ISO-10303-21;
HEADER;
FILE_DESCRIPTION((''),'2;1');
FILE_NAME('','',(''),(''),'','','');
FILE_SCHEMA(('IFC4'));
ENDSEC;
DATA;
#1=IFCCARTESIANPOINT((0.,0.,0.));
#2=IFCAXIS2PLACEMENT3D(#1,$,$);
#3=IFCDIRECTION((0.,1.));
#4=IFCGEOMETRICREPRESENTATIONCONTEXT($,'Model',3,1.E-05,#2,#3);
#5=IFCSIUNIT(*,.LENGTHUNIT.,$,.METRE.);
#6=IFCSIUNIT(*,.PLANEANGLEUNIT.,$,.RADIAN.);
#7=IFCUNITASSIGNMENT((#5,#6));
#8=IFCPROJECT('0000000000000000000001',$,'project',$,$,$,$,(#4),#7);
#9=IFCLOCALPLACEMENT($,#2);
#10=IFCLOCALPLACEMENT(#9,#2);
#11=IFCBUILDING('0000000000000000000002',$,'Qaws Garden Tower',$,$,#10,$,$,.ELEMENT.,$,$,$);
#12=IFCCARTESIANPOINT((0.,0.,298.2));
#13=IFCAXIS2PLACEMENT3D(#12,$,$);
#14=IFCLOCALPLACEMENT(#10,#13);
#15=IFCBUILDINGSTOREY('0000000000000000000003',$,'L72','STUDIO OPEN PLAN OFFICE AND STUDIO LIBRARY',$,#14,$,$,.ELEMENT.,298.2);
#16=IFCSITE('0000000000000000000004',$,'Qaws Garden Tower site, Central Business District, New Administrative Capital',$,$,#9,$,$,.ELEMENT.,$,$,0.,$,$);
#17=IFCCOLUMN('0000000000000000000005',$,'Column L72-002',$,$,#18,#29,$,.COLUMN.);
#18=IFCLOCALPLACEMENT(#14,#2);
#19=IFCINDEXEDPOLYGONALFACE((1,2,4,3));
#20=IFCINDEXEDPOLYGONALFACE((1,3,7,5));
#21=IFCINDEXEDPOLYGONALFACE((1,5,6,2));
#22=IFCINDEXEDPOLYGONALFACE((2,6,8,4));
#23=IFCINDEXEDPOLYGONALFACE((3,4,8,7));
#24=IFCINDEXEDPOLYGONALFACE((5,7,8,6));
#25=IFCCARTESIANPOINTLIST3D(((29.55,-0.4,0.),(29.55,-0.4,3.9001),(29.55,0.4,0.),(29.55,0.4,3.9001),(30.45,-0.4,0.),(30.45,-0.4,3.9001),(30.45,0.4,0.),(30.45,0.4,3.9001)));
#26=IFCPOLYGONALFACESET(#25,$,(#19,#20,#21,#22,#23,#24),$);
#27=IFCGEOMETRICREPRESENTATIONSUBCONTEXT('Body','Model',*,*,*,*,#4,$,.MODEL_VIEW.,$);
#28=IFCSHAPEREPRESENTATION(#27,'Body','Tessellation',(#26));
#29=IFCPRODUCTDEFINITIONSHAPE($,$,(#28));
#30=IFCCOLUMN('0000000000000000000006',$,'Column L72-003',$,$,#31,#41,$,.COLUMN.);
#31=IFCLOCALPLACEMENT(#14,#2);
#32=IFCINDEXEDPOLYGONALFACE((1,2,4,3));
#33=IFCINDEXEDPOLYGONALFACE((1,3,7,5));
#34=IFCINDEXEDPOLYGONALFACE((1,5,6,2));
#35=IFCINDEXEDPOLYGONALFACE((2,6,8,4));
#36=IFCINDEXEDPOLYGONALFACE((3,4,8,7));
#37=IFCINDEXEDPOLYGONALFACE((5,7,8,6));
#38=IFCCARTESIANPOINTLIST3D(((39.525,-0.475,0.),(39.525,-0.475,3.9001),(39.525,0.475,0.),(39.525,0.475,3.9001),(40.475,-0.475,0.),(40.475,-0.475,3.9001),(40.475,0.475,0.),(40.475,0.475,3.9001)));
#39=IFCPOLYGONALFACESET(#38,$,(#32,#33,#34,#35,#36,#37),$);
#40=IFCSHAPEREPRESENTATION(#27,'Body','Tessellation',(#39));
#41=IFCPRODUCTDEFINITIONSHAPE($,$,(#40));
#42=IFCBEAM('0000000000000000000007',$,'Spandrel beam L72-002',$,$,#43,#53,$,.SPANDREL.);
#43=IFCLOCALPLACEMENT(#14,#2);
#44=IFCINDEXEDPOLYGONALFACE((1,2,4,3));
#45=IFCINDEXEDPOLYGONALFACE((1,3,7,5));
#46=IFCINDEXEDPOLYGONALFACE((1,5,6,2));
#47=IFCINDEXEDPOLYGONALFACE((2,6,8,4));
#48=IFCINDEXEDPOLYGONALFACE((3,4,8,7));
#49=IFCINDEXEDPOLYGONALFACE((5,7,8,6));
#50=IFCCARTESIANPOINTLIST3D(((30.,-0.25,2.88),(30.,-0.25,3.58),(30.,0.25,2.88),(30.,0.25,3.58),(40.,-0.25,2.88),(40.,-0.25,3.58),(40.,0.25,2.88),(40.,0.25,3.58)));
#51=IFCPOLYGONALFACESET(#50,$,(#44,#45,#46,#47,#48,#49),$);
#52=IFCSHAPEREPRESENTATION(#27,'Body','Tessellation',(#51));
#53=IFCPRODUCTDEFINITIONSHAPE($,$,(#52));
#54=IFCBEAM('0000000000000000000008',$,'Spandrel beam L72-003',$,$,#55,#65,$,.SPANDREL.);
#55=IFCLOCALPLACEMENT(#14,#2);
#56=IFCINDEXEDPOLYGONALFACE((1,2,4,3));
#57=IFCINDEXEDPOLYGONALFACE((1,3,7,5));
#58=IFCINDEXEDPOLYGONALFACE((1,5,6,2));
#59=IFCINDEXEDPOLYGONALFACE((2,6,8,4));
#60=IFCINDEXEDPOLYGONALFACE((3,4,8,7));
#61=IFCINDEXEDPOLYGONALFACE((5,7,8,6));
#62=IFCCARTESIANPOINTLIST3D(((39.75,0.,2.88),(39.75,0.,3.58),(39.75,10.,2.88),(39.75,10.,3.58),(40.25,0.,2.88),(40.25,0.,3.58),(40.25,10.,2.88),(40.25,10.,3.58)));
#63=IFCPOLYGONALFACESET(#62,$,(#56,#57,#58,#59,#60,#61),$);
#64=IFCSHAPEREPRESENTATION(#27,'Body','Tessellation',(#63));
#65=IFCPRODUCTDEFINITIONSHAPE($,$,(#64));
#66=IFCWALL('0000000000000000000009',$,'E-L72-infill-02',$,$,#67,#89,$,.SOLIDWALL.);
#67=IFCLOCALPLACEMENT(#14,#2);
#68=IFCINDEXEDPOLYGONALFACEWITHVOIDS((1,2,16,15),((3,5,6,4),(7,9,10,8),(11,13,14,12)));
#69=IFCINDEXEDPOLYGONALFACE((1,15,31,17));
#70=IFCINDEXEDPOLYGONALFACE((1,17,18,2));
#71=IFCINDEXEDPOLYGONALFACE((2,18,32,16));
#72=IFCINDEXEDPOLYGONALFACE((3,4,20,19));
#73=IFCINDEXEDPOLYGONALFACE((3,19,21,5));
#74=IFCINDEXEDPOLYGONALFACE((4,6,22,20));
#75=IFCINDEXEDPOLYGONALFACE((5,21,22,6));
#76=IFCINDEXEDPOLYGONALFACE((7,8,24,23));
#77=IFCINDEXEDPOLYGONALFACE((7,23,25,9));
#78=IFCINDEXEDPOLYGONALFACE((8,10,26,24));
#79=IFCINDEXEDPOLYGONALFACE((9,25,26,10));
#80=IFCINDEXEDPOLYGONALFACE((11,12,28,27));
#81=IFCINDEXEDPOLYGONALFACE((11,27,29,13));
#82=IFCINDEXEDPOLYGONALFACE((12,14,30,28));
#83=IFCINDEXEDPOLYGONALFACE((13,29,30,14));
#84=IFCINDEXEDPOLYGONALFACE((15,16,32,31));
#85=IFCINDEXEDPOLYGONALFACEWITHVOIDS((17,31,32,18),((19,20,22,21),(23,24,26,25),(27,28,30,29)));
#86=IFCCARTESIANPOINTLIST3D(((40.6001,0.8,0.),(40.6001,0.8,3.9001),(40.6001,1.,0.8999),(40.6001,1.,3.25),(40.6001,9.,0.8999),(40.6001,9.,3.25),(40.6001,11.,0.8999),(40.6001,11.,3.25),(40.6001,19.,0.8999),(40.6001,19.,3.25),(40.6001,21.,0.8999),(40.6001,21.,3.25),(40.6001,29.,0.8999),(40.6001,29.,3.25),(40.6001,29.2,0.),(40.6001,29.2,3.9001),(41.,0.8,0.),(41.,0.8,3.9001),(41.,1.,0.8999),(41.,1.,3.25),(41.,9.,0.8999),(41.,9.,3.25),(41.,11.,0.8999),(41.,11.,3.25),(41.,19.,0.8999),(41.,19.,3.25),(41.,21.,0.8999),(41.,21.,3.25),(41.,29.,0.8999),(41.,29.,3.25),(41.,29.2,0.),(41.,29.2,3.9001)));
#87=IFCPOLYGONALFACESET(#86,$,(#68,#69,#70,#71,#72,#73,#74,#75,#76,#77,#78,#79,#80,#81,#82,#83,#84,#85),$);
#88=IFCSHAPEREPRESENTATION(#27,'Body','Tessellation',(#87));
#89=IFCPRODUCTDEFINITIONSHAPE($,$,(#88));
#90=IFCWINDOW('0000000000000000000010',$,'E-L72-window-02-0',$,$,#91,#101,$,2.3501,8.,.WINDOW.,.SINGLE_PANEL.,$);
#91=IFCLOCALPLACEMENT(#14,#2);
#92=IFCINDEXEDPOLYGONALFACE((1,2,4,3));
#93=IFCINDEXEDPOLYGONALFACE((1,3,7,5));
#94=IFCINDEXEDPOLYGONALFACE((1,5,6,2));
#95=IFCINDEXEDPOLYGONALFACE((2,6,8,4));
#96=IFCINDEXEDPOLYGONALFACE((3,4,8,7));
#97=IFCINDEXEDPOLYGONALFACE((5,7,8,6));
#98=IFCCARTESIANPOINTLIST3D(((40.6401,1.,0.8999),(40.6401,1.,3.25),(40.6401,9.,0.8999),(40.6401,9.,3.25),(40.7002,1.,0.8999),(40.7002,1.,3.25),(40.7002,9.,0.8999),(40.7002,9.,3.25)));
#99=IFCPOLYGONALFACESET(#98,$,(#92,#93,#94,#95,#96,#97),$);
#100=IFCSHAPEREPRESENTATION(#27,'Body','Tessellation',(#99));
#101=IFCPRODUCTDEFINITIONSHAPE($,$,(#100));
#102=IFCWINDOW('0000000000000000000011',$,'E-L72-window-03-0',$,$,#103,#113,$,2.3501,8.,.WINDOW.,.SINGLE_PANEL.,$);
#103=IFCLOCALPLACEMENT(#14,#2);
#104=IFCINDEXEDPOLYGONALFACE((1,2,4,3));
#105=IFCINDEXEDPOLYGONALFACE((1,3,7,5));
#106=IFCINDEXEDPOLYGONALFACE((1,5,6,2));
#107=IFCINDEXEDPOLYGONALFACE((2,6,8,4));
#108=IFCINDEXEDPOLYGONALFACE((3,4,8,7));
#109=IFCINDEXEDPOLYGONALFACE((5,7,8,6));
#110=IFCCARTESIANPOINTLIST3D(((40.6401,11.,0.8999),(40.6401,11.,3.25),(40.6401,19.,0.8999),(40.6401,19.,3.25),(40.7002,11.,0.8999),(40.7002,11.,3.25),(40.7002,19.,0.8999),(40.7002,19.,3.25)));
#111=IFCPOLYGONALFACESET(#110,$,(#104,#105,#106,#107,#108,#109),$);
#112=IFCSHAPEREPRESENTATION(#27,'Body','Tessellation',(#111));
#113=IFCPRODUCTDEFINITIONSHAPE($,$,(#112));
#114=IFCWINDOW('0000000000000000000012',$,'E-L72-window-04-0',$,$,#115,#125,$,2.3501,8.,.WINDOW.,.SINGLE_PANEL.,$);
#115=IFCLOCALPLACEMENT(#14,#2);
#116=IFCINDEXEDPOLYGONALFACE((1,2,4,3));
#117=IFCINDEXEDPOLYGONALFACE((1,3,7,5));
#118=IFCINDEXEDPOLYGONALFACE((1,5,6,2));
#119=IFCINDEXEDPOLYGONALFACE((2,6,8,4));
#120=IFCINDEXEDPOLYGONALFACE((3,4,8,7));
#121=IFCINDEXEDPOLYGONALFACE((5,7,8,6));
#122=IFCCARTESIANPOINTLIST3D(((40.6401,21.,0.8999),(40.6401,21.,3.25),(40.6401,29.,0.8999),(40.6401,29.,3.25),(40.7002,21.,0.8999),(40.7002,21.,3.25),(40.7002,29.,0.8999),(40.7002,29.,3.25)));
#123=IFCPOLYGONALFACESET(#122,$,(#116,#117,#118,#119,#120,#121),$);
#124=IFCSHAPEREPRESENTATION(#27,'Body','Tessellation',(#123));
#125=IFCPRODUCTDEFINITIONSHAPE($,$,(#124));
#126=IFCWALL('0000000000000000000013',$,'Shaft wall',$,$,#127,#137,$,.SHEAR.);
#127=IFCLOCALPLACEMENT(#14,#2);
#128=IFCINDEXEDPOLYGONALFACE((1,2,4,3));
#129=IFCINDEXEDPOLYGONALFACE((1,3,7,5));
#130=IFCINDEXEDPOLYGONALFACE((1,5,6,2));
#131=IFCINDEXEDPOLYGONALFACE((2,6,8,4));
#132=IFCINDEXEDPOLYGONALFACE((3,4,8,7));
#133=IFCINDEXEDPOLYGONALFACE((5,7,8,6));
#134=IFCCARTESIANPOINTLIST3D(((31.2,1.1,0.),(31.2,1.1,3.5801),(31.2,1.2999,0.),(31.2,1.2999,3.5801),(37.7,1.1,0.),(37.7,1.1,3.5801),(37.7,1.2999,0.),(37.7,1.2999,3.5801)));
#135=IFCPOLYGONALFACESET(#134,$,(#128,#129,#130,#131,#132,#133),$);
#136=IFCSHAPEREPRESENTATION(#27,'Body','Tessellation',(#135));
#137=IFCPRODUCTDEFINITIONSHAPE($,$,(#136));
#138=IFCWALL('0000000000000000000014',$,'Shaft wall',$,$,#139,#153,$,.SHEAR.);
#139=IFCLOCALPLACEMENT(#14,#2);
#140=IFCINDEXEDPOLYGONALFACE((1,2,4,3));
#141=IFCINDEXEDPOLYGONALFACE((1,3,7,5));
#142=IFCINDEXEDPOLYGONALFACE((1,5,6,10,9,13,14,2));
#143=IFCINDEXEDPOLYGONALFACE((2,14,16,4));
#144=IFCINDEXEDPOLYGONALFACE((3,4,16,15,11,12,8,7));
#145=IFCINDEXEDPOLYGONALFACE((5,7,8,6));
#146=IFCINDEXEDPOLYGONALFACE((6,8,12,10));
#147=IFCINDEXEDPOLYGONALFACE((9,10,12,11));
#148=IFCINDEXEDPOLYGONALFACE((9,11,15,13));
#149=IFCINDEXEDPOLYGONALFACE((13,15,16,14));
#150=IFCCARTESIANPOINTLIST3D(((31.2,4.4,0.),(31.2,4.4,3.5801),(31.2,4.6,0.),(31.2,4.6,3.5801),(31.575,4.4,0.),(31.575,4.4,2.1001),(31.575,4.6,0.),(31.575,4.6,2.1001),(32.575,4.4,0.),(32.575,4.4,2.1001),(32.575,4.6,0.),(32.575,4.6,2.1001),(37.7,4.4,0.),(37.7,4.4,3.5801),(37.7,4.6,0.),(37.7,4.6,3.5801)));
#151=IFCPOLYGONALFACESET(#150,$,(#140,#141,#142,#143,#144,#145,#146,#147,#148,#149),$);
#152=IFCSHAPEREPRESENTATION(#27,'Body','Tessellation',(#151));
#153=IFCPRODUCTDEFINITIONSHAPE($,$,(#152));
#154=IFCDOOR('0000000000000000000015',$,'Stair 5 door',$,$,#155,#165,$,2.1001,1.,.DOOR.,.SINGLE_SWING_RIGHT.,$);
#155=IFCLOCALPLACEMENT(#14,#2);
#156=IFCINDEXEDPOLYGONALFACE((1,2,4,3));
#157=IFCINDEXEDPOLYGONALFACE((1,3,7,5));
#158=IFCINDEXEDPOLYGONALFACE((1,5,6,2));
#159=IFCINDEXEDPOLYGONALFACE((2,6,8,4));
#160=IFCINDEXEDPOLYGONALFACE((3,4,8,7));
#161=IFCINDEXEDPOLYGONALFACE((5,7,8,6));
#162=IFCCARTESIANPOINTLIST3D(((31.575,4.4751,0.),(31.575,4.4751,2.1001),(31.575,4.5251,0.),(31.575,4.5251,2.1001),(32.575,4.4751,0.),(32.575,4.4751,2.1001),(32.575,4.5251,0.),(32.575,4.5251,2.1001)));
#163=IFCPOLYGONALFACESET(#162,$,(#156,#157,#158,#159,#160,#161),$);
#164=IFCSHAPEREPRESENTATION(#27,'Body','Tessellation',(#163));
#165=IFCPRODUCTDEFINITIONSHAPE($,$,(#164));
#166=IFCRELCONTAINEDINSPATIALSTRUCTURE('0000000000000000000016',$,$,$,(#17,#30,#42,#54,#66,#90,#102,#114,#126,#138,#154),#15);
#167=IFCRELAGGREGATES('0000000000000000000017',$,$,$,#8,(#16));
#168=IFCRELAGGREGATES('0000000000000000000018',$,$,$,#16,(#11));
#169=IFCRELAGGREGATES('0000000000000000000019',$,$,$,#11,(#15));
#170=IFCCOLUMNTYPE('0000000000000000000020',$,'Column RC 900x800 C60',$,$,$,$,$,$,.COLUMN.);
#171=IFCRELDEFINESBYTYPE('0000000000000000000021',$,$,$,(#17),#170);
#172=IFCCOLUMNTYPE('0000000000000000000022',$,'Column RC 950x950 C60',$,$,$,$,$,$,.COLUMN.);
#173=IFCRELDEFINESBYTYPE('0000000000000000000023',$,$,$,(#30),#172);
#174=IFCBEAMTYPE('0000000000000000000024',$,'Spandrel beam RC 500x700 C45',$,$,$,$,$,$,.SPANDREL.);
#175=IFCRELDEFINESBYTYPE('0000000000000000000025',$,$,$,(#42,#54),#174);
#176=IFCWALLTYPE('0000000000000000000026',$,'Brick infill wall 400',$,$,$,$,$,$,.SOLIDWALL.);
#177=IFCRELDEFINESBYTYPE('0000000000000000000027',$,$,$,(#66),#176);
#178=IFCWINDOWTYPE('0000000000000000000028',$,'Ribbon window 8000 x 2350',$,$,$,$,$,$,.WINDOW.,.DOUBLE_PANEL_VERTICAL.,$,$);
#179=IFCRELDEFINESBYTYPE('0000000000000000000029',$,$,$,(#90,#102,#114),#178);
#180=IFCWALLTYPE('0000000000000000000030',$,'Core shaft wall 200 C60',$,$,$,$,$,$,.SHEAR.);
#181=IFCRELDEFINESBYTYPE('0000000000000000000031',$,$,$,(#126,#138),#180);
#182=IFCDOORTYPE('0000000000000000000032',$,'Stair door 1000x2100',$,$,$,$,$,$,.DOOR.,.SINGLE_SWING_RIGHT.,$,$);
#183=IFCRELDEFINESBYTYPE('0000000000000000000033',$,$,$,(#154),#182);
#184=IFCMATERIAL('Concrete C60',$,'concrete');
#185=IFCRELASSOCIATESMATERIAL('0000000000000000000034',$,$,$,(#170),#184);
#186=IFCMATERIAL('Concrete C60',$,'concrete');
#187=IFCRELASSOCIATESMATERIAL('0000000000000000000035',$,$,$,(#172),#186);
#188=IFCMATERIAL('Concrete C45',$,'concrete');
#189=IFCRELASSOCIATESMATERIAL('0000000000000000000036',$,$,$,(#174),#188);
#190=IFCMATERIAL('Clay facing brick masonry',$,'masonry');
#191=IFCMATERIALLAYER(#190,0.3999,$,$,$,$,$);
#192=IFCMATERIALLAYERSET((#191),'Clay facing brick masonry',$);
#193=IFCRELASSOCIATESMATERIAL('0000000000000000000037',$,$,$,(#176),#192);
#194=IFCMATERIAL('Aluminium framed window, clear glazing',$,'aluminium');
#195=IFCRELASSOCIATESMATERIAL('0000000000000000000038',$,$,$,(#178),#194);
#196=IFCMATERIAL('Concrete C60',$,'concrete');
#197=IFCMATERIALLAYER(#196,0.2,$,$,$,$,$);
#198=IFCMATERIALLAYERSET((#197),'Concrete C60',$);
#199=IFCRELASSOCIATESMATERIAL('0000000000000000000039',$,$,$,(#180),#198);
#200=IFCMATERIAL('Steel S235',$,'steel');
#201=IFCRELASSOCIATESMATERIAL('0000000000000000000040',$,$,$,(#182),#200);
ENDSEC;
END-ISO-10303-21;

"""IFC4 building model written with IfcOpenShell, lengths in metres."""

from ifc_helpers import new_model, si_unit, direction, frame, frame_2d, origin, origin_2d, place, context, subcontext, project, spatial, rectangle, extrude, material, layer, layer_set, material_profile, profile_set, type_object, element, fill, save


model = new_model("IFC4")

# Units and contexts
model_context = context("Model", 3, precision=1e-05, world=origin(), true_north=direction((0.0, 1.0)))
body_context = subcontext(model_context, "Body", "Model", "MODEL_VIEW")
ifc_project = project(units=[si_unit("LENGTHUNIT", "METRE"), si_unit("PLANEANGLEUNIT", "RADIAN")], contexts=[model_context])

# Site, building, storey
site_placement = place(None, origin())
site = spatial("IfcSite", under=ifc_project, at=site_placement, Name="Qaws Garden Tower site, Central Business District, New Administrative Capital", CompositionType="ELEMENT", RefElevation=0.0)
building_placement = place(site_placement, origin())
building = spatial("IfcBuilding", under=site, at=building_placement, Name="Qaws Garden Tower", CompositionType="ELEMENT")
storey_placement = place(building_placement, frame((0.0, 0.0, 298.2)))
storey = spatial("IfcBuildingStorey", under=building, at=storey_placement, Name="L72", Description="STUDIO OPEN PLAN OFFICE AND STUDIO LIBRARY", CompositionType="ELEMENT", Elevation=298.2)

# Columns
ifc_material_1 = material(Name="Concrete C60", Category="concrete")
ifc_material_profile_1 = material_profile(ifc_material_1, rectangle(XDim=0.8999, YDim=0.8, at=origin_2d()), Name="RC 900x800")
ifc_profile_set_1 = profile_set([ifc_material_profile_1], Name="Concrete C60")
column_type_1 = type_object("IfcColumnType", Name="Column RC 900x800 C60", PredefinedType="COLUMN", material=ifc_profile_set_1)
column_1_placement = place(storey_placement, frame((30.0, 0.0, 0.0), z_axis=(0.0, 0.0, 1.0), x_axis=(1.0, 0.0, 0.0)))
element("IfcColumn", 1, at=column_1_placement, inside=storey, type_object=column_type_1, Name="Column L72-002", PredefinedType="COLUMN", context=body_context, shape_type="SweptSolid", body=[
    extrude(rectangle(XDim=0.8999, YDim=0.8, at=origin_2d()), origin(), (0.0, 0.0, 1.0), 3.9001),
])
ifc_material_2 = material(Name="Concrete C60", Category="concrete")
ifc_material_profile_2 = material_profile(ifc_material_2, rectangle(XDim=0.95, YDim=0.95, at=origin_2d()), Name="RC 950x950")
ifc_profile_set_2 = profile_set([ifc_material_profile_2], Name="Concrete C60")
column_type_2 = type_object("IfcColumnType", Name="Column RC 950x950 C60", PredefinedType="COLUMN", material=ifc_profile_set_2)
column_2_placement = place(storey_placement, frame((40.0, 0.0, 0.0), z_axis=(0.0, 0.0, 1.0), x_axis=(1.0, 0.0, 0.0)))
element("IfcColumn", 2, at=column_2_placement, inside=storey, type_object=column_type_2, Name="Column L72-003", PredefinedType="COLUMN", context=body_context, shape_type="SweptSolid", body=[
    extrude(rectangle(XDim=0.95, YDim=0.95, at=origin_2d()), origin(), (0.0, 0.0, 1.0), 3.9001),
])

# Beams
ifc_material_3 = material(Name="Concrete C45", Category="concrete")
ifc_material_profile_3 = material_profile(ifc_material_3, rectangle(XDim=0.5, YDim=0.7, at=origin_2d()), Name="RC 500x700")
ifc_profile_set_3 = profile_set([ifc_material_profile_3], Name="Concrete C45")
beam_type = type_object("IfcBeamType", Name="Spandrel beam RC 500x700 C45", PredefinedType="SPANDREL", material=ifc_profile_set_3)
for number, where, z_axis, x_axis, name in (
    (3, (30.0, 0.0, 3.23), (1.0, 0.0, 0.0), (0.0, 1.0, 0.0), "Spandrel beam L72-002"),
    (4, (40.0, 0.0, 3.23), (0.0, 1.0, 0.0), (-1.0, 0.0, 0.0), "Spandrel beam L72-003"),
):
    element("IfcBeam", number, at=place(storey_placement, frame(where, z_axis=z_axis, x_axis=x_axis)), inside=storey, type_object=beam_type, Name=name, PredefinedType="SPANDREL", context=body_context, shape_type="SweptSolid", body=[
        extrude(rectangle(XDim=0.5, YDim=0.7, at=origin_2d()), origin(), (0.0, 0.0, 1.0), 10.0),
    ])

# Wall, openings, windows
ifc_material_4 = material(Name="Clay facing brick masonry", Category="masonry")
ifc_layer_1 = layer(ifc_material_4, 0.3999)
ifc_layer_set_1 = layer_set([ifc_layer_1], Name="Clay facing brick masonry")
wall_type_1 = type_object("IfcWallType", Name="Brick infill wall 400", PredefinedType="SOLIDWALL", material=ifc_layer_set_1)
wall_1_placement = place(storey_placement, frame((40.8, 0.8, 0.0), z_axis=(0.0, 0.0, 1.0), x_axis=(0.0, 1.0, 0.0)))
wall_1 = element("IfcWall", 5, at=wall_1_placement, inside=storey, type_object=wall_type_1, Name="E-L72-infill-02", PredefinedType="SOLIDWALL", context=body_context, shape_type="SweptSolid", body=[
    extrude(rectangle(XDim=28.3999, YDim=0.3999, at=frame_2d((14.2, 0.0))), origin(), (0.0, 0.0, 1.0), 3.9001),
])
opening_1_placement = place(wall_1_placement, frame((0.2, 0.0, 0.8999)))
opening_1 = element("IfcOpeningElement", 6, at=opening_1_placement, cuts=wall_1, PredefinedType="OPENING", context=body_context, shape_type="SweptSolid", body=[
    extrude(rectangle(XDim=8.0, YDim=2.3501, at=frame_2d((4.0, 1.175))), frame((0.0, 0.21, 0.0), z_axis=(0.0, -1.0, 0.0), x_axis=(1.0, 0.0, 0.0)), (0.0, 0.0, 1.0), 0.4199),
])
opening_2_placement = place(wall_1_placement, frame((10.2, 0.0, 0.8999)))
opening_2 = element("IfcOpeningElement", 7, at=opening_2_placement, cuts=wall_1, PredefinedType="OPENING", context=body_context, shape_type="SweptSolid", body=[
    extrude(rectangle(XDim=8.0, YDim=2.3501, at=frame_2d((4.0, 1.175))), frame((0.0, 0.21, 0.0), z_axis=(0.0, -1.0, 0.0), x_axis=(1.0, 0.0, 0.0)), (0.0, 0.0, 1.0), 0.4199),
])
opening_3_placement = place(wall_1_placement, frame((20.2, 0.0, 0.8999)))
opening_3 = element("IfcOpeningElement", 8, at=opening_3_placement, cuts=wall_1, PredefinedType="OPENING", context=body_context, shape_type="SweptSolid", body=[
    extrude(rectangle(XDim=8.0, YDim=2.3501, at=frame_2d((4.0, 1.175))), frame((0.0, 0.21, 0.0), z_axis=(0.0, -1.0, 0.0), x_axis=(1.0, 0.0, 0.0)), (0.0, 0.0, 1.0), 0.4199),
])
ifc_material_5 = material(Name="Aluminium framed window, clear glazing", Category="aluminium")
window_type = type_object("IfcWindowType", Name="Ribbon window 8000 x 2350", PartitioningType="DOUBLE_PANEL_VERTICAL", PredefinedType="WINDOW", material=ifc_material_5)
window_1_placement = place(opening_1_placement, origin())
window_1 = element("IfcWindow", 9, at=window_1_placement, inside=storey, type_object=window_type, Name="E-L72-window-02-0", OverallHeight=2.3501, OverallWidth=8.0, PartitioningType="SINGLE_PANEL", PredefinedType="WINDOW", context=body_context, shape_type="SweptSolid", body=[
    extrude(rectangle(XDim=8.0, YDim=2.3501, at=frame_2d((4.0, 1.175))), frame((0.0, 0.1599, 0.0), z_axis=(0.0, -1.0, 0.0), x_axis=(1.0, 0.0, 0.0)), (0.0, 0.0, 1.0), 0.0601),
])
fill(opening_1, window_1)
window_2_placement = place(opening_2_placement, origin())
window_2 = element("IfcWindow", 10, at=window_2_placement, inside=storey, type_object=window_type, Name="E-L72-window-03-0", OverallHeight=2.3501, OverallWidth=8.0, PartitioningType="SINGLE_PANEL", PredefinedType="WINDOW", context=body_context, shape_type="SweptSolid", body=[
    extrude(rectangle(XDim=8.0, YDim=2.3501, at=frame_2d((4.0, 1.175))), frame((0.0, 0.1599, 0.0), z_axis=(0.0, -1.0, 0.0), x_axis=(1.0, 0.0, 0.0)), (0.0, 0.0, 1.0), 0.0601),
])
fill(opening_2, window_2)
window_3_placement = place(opening_3_placement, origin())
window_3 = element("IfcWindow", 11, at=window_3_placement, inside=storey, type_object=window_type, Name="E-L72-window-04-0", OverallHeight=2.3501, OverallWidth=8.0, PartitioningType="SINGLE_PANEL", PredefinedType="WINDOW", context=body_context, shape_type="SweptSolid", body=[
    extrude(rectangle(XDim=8.0, YDim=2.3501, at=frame_2d((4.0, 1.175))), frame((0.0, 0.1599, 0.0), z_axis=(0.0, -1.0, 0.0), x_axis=(1.0, 0.0, 0.0)), (0.0, 0.0, 1.0), 0.0601),
])
fill(opening_3, window_3)

# Wall
ifc_material_6 = material(Name="Concrete C60", Category="concrete")
ifc_layer_2 = layer(ifc_material_6, 0.2)
ifc_layer_set_2 = layer_set([ifc_layer_2], Name="Concrete C60")
wall_type_2 = type_object("IfcWallType", Name="Core shaft wall 200 C60", PredefinedType="SHEAR", material=ifc_layer_set_2)
wall_2_placement = place(storey_placement, frame((31.2, 1.2, 0.0), z_axis=(0.0, 0.0, 1.0), x_axis=(1.0, 0.0, 0.0)))
element("IfcWall", 12, at=wall_2_placement, inside=storey, type_object=wall_type_2, Name="Shaft wall", PredefinedType="SHEAR", context=body_context, shape_type="SweptSolid", body=[
    extrude(rectangle(XDim=6.5, YDim=0.2, at=frame_2d((3.25, 0.0))), origin(), (0.0, 0.0, 1.0), 3.5801),
])

# Wall, opening, door
wall_3_placement = place(storey_placement, frame((31.2, 4.5, 0.0), z_axis=(0.0, 0.0, 1.0), x_axis=(1.0, 0.0, 0.0)))
wall_3 = element("IfcWall", 13, at=wall_3_placement, inside=storey, type_object=wall_type_2, Name="Shaft wall", PredefinedType="SHEAR", context=body_context, shape_type="SweptSolid", body=[
    extrude(rectangle(XDim=6.5, YDim=0.2, at=frame_2d((3.25, 0.0))), origin(), (0.0, 0.0, 1.0), 3.5801),
])
opening_4_placement = place(wall_3_placement, frame((0.375, 0.0, 0.0)))
opening_4 = element("IfcOpeningElement", 14, at=opening_4_placement, cuts=wall_3, PredefinedType="OPENING", context=body_context, shape_type="SweptSolid", body=[
    extrude(rectangle(XDim=1.0, YDim=2.1001, at=frame_2d((0.5, 1.05))), frame((0.0, 0.1099, 0.0), z_axis=(0.0, -1.0, 0.0), x_axis=(1.0, 0.0, 0.0)), (0.0, 0.0, 1.0), 0.22),
])
ifc_material_7 = material(Name="Steel S235", Category="steel")
door_type = type_object("IfcDoorType", Name="Stair door 1000x2100", OperationType="SINGLE_SWING_RIGHT", PredefinedType="DOOR", material=ifc_material_7)
door_placement = place(opening_4_placement, frame((1.0, 0.0, 0.0), z_axis=(0.0, 0.0, 1.0), x_axis=(-1.0, 0.0, 0.0)))
door = element("IfcDoor", 15, at=door_placement, inside=storey, type_object=door_type, Name="Stair 5 door", OperationType="SINGLE_SWING_RIGHT", OverallHeight=2.1001, OverallWidth=1.0, PredefinedType="DOOR", context=body_context, shape_type="SweptSolid", body=[
    extrude(rectangle(XDim=1.0, YDim=2.1001, at=frame_2d((0.5, 1.05))), frame((0.0, 0.0249, 0.0), z_axis=(0.0, -1.0, 0.0), x_axis=(1.0, 0.0, 0.0)), (0.0, 0.0, 1.0), 0.05),
])
fill(opening_4, door)

save(model, "model.ifc")
